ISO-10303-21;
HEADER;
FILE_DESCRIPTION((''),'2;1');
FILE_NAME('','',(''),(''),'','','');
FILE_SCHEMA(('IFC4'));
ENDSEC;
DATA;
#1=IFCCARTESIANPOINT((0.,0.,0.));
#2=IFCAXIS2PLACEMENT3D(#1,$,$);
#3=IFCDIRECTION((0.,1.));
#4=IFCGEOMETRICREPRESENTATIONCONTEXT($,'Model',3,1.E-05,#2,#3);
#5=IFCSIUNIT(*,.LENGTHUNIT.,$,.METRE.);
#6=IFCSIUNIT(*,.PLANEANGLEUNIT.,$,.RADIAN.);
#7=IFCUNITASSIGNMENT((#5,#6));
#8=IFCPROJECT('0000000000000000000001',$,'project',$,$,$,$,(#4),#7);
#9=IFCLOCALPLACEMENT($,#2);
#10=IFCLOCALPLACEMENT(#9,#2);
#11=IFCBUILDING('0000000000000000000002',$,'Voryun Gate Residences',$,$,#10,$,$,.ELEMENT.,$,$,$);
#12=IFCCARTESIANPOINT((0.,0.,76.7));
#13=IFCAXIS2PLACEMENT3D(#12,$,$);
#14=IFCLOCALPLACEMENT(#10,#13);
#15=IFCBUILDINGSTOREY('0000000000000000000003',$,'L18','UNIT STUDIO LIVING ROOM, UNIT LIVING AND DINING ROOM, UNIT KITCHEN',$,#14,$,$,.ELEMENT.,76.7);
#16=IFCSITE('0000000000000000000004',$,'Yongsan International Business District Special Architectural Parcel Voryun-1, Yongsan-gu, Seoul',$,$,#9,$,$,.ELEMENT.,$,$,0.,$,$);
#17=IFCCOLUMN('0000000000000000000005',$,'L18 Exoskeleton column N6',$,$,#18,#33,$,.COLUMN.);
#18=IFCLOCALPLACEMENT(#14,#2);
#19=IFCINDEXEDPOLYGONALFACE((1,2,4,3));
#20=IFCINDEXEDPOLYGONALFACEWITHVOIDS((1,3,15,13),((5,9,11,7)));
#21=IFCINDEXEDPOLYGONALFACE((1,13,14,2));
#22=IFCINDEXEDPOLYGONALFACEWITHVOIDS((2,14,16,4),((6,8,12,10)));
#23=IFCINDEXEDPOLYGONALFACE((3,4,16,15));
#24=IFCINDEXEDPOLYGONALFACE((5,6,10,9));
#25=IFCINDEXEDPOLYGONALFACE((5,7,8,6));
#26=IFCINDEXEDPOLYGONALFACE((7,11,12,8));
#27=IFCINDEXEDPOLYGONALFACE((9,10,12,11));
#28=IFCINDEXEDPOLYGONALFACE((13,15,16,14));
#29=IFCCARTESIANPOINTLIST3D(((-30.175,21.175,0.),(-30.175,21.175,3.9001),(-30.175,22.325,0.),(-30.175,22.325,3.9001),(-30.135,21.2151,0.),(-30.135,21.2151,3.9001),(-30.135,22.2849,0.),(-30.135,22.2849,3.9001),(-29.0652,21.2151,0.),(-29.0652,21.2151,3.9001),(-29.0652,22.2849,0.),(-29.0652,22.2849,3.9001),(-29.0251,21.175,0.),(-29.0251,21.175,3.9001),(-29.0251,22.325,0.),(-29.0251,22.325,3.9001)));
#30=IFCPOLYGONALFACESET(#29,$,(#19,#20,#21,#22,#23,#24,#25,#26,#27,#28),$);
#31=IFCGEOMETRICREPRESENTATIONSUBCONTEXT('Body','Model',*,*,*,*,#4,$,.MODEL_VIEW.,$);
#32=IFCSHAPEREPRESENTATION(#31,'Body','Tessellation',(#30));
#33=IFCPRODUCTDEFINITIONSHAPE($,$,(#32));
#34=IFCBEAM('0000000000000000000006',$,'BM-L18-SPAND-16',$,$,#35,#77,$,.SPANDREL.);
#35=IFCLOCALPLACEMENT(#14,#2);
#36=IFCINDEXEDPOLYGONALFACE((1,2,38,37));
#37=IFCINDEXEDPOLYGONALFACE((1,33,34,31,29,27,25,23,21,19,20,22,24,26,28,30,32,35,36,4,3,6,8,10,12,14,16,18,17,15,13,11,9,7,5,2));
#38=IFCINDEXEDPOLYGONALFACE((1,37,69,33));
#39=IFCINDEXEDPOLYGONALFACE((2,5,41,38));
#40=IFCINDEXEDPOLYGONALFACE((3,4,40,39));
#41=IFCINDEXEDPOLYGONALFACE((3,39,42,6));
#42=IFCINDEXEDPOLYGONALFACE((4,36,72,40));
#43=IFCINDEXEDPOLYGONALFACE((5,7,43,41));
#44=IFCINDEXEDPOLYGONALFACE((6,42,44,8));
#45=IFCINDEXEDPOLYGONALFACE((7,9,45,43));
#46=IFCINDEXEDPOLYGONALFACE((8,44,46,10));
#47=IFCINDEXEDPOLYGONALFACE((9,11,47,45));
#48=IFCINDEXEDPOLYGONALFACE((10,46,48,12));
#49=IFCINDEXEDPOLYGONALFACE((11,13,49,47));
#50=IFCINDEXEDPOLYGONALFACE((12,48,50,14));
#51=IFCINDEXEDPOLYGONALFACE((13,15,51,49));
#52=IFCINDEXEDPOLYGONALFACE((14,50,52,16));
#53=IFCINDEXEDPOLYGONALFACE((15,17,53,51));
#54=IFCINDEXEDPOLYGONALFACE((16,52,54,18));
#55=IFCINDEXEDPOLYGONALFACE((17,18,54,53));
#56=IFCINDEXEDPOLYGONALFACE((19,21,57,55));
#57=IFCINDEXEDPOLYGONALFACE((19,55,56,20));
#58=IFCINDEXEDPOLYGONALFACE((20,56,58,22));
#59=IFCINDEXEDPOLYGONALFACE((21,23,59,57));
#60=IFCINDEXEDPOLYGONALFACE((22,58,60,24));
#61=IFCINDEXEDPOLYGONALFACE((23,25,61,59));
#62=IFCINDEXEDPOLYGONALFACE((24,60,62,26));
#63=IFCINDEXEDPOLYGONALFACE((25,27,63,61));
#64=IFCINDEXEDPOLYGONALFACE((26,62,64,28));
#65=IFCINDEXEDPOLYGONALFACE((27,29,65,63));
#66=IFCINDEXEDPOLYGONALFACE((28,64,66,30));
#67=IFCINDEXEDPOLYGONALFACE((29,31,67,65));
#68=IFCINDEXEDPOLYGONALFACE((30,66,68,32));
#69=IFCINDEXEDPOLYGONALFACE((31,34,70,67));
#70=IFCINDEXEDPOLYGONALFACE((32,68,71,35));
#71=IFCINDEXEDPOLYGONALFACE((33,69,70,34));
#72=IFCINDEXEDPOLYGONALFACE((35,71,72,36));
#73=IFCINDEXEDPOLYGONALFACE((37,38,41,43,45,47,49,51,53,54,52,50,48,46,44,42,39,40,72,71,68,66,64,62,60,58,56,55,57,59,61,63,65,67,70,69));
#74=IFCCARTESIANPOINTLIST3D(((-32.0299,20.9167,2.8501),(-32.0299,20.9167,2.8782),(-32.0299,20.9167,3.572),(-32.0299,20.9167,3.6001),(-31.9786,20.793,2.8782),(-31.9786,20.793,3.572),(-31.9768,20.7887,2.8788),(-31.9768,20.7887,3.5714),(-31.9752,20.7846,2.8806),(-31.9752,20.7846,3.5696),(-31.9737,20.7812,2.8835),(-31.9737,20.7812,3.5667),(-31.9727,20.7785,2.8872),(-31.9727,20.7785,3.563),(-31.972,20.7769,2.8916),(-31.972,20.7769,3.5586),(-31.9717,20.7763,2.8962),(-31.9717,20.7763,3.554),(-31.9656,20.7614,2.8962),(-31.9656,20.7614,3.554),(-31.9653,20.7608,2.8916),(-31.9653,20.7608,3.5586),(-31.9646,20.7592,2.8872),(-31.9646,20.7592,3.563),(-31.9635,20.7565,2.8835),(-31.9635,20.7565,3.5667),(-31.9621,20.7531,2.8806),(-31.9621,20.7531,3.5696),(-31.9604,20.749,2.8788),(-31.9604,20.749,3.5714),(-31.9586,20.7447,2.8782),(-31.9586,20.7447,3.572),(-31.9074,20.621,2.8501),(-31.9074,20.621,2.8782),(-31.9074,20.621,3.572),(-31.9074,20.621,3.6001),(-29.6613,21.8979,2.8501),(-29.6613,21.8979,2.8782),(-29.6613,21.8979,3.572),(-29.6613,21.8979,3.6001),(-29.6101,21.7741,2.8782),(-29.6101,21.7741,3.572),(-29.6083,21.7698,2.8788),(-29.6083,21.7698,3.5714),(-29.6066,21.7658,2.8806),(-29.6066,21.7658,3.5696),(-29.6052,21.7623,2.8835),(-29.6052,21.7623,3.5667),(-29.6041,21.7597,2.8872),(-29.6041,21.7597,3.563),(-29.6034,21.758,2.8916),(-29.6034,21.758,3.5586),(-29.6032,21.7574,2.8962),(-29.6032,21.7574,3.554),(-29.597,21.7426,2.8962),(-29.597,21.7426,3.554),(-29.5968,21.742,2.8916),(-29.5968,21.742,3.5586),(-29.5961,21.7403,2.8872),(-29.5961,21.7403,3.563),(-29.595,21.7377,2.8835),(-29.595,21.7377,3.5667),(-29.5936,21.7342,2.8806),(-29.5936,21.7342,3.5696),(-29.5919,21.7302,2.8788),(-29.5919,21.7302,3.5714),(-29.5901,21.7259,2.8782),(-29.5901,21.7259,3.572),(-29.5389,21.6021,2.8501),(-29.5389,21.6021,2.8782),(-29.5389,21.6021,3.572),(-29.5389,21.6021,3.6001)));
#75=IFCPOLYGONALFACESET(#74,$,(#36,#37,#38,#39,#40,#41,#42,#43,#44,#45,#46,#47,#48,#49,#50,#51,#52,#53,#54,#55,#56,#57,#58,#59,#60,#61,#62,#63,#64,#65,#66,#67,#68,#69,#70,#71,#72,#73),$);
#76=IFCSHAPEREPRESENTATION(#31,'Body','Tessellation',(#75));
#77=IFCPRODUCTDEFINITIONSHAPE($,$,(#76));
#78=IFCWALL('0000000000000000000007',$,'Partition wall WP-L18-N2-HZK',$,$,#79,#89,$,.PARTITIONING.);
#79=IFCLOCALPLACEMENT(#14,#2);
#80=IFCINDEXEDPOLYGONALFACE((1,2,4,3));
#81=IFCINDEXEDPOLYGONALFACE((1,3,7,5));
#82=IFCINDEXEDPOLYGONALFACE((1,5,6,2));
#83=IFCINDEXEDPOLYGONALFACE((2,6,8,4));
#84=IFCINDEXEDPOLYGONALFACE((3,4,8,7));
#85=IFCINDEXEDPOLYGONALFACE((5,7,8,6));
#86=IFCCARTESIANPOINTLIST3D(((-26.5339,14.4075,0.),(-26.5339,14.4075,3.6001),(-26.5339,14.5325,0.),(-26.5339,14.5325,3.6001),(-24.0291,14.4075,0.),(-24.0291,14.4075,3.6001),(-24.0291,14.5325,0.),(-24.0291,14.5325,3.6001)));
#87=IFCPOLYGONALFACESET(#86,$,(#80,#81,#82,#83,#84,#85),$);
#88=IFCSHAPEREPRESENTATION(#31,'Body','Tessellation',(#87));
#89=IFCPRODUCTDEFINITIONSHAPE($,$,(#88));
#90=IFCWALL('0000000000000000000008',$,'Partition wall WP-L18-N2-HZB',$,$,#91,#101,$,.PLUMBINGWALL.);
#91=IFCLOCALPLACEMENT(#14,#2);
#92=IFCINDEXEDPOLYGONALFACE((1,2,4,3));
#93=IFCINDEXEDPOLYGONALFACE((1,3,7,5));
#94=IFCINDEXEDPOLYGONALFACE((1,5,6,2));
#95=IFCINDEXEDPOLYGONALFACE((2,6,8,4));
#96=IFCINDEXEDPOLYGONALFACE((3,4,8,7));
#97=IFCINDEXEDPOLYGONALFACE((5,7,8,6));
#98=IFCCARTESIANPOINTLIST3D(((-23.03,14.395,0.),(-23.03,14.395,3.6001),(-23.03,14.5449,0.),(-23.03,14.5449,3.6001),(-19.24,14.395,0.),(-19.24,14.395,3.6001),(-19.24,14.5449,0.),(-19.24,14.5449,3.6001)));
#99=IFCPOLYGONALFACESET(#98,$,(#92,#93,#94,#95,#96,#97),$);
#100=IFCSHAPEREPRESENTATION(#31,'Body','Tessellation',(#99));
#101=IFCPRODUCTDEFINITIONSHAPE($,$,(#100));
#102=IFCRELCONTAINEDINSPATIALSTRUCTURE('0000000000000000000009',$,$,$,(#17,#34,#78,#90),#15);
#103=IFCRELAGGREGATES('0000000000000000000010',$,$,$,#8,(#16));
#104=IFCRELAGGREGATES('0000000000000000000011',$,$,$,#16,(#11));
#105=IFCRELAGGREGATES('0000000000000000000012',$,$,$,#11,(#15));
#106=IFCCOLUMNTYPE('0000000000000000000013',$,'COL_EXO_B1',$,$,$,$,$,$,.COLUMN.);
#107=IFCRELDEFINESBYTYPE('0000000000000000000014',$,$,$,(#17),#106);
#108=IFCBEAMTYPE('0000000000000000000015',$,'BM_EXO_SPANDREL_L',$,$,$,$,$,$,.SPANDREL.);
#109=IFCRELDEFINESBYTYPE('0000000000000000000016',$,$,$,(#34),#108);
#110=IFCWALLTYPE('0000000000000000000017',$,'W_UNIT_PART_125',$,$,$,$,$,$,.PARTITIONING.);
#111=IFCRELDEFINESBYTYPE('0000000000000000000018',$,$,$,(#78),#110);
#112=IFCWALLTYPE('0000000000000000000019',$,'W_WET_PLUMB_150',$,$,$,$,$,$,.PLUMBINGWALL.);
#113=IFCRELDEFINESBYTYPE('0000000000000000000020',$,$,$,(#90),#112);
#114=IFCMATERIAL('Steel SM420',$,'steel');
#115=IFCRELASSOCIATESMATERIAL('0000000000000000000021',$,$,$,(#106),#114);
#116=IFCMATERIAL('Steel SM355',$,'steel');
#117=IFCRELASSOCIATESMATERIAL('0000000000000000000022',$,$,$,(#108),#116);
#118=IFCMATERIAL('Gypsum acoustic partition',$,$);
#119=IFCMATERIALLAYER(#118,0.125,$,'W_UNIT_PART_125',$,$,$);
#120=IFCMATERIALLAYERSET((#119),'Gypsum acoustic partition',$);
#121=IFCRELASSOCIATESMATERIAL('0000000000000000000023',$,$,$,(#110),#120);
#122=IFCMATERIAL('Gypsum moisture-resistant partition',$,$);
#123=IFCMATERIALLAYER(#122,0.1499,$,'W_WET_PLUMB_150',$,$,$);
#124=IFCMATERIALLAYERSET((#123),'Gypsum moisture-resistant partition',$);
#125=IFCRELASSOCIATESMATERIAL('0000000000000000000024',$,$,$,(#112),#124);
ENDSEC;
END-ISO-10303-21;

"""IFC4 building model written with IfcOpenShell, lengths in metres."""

from ifc_helpers import new_model, si_unit, direction, frame, frame_2d, origin, origin_2d, place, context, subcontext, project, spatial, rectangle, hollow_rectangle, i_section, extrude, material, layer, layer_set, material_profile, profile_set, type_object, element, save


model = new_model("IFC4")

# Units and contexts
model_context = context("Model", 3, precision=1e-05, world=origin(), true_north=direction((0.0, 1.0)))
body_context = subcontext(model_context, "Body", "Model", "MODEL_VIEW")
ifc_project = project(units=[si_unit("LENGTHUNIT", "METRE"), si_unit("PLANEANGLEUNIT", "RADIAN")], contexts=[model_context])

# Site, building, storey
site_placement = place(None, origin())
site = spatial("IfcSite", under=ifc_project, at=site_placement, Name="Yongsan International Business District Special Architectural Parcel Voryun-1, Yongsan-gu, Seoul", CompositionType="ELEMENT", RefElevation=0.0)
building_placement = place(site_placement, origin())
building = spatial("IfcBuilding", under=site, at=building_placement, Name="Voryun Gate Residences", CompositionType="ELEMENT")
storey_placement = place(building_placement, frame((0.0, 0.0, 76.7)))
storey = spatial("IfcBuildingStorey", under=building, at=storey_placement, Name="L18", Description="UNIT STUDIO LIVING ROOM, UNIT LIVING AND DINING ROOM, UNIT KITCHEN", CompositionType="ELEMENT", Elevation=76.7)

# Column
ifc_material_1 = material(Name="Steel SM420", Category="steel")
ifc_material_profile_1 = material_profile(ifc_material_1, hollow_rectangle(XDim=1.1499, YDim=1.1499, WallThickness=0.04, at=origin_2d()), Name="BOX-1150x1150x40")
ifc_profile_set_1 = profile_set([ifc_material_profile_1], Name="Steel SM420")
column_type = type_object("IfcColumnType", Name="COL_EXO_B1", PredefinedType="COLUMN", material=ifc_profile_set_1)
column_placement = place(storey_placement, frame((-29.6001, 21.75, 0.0), z_axis=(0.0, 0.0, 1.0), x_axis=(1.0, 0.0, 0.0)))
element("IfcColumn", 1, at=column_placement, inside=storey, type_object=column_type, Name="L18 Exoskeleton column N6", PredefinedType="COLUMN", context=body_context, shape_type="SweptSolid", body=[
    extrude(hollow_rectangle(XDim=1.1499, YDim=1.1499, WallThickness=0.04, at=origin_2d()), origin(), (0.0, 0.0, 1.0), 3.9001),
])

# Beam
ifc_material_2 = material(Name="Steel SM355", Category="steel")
ifc_material_profile_2 = material_profile(ifc_material_2, i_section(OverallWidth=0.3201, OverallDepth=0.75, WebThickness=0.0161, FlangeThickness=0.0281, FilletRadius=0.0181, at=origin_2d()), Name="H-750x320x16x28")
ifc_profile_set_2 = profile_set([ifc_material_profile_2], Name="Steel SM355")
beam_type = type_object("IfcBeamType", Name="BM_EXO_SPANDREL_L", PredefinedType="SPANDREL", material=ifc_profile_set_2)
beam_placement = place(storey_placement, frame((-29.6001, 21.75, 3.2251), z_axis=(-0.923869, -0.382708, 0.0), x_axis=(0.382708, -0.923869, 0.0)))
element("IfcBeam", 2, at=beam_placement, inside=storey, type_object=beam_type, Name="BM-L18-SPAND-16", PredefinedType="SPANDREL", context=body_context, shape_type="SweptSolid", body=[
    extrude(i_section(OverallWidth=0.3201, OverallDepth=0.75, WebThickness=0.0161, FlangeThickness=0.0281, FilletRadius=0.0181, at=origin_2d()), origin(), (0.0, 0.0, 1.0), 2.5637),
])

# Walls
ifc_material_3 = material(Name="Gypsum acoustic partition")
ifc_layer_1 = layer(ifc_material_3, 0.125, Name="W_UNIT_PART_125")
ifc_layer_set_1 = layer_set([ifc_layer_1], Name="Gypsum acoustic partition")
wall_type_1 = type_object("IfcWallType", Name="W_UNIT_PART_125", PredefinedType="PARTITIONING", material=ifc_layer_set_1)
wall_1_placement = place(storey_placement, frame((-26.5339, 14.47, 0.0), z_axis=(0.0, 0.0, 1.0), x_axis=(1.0, 0.0, 0.0)))
element("IfcWall", 3, at=wall_1_placement, inside=storey, type_object=wall_type_1, Name="Partition wall WP-L18-N2-HZK", PredefinedType="PARTITIONING", context=body_context, shape_type="SweptSolid", body=[
    extrude(rectangle(XDim=2.5049, YDim=0.125, at=frame_2d((1.2524, 0.0))), origin(), (0.0, 0.0, 1.0), 3.6001),
])
ifc_material_4 = material(Name="Gypsum moisture-resistant partition")
ifc_layer_2 = layer(ifc_material_4, 0.1499, Name="W_WET_PLUMB_150")
ifc_layer_set_2 = layer_set([ifc_layer_2], Name="Gypsum moisture-resistant partition")
wall_type_2 = type_object("IfcWallType", Name="W_WET_PLUMB_150", PredefinedType="PLUMBINGWALL", material=ifc_layer_set_2)
wall_2_placement = place(storey_placement, frame((-23.03, 14.47, 0.0), z_axis=(0.0, 0.0, 1.0), x_axis=(1.0, 0.0, 0.0)))
element("IfcWall", 4, at=wall_2_placement, inside=storey, type_object=wall_type_2, Name="Partition wall WP-L18-N2-HZB", PredefinedType="PLUMBINGWALL", context=body_context, shape_type="SweptSolid", body=[
    extrude(rectangle(XDim=3.79, YDim=0.1499, at=frame_2d((1.895, 0.0))), origin(), (0.0, 0.0, 1.0), 3.6001),
])

save(model, "model.ifc")
